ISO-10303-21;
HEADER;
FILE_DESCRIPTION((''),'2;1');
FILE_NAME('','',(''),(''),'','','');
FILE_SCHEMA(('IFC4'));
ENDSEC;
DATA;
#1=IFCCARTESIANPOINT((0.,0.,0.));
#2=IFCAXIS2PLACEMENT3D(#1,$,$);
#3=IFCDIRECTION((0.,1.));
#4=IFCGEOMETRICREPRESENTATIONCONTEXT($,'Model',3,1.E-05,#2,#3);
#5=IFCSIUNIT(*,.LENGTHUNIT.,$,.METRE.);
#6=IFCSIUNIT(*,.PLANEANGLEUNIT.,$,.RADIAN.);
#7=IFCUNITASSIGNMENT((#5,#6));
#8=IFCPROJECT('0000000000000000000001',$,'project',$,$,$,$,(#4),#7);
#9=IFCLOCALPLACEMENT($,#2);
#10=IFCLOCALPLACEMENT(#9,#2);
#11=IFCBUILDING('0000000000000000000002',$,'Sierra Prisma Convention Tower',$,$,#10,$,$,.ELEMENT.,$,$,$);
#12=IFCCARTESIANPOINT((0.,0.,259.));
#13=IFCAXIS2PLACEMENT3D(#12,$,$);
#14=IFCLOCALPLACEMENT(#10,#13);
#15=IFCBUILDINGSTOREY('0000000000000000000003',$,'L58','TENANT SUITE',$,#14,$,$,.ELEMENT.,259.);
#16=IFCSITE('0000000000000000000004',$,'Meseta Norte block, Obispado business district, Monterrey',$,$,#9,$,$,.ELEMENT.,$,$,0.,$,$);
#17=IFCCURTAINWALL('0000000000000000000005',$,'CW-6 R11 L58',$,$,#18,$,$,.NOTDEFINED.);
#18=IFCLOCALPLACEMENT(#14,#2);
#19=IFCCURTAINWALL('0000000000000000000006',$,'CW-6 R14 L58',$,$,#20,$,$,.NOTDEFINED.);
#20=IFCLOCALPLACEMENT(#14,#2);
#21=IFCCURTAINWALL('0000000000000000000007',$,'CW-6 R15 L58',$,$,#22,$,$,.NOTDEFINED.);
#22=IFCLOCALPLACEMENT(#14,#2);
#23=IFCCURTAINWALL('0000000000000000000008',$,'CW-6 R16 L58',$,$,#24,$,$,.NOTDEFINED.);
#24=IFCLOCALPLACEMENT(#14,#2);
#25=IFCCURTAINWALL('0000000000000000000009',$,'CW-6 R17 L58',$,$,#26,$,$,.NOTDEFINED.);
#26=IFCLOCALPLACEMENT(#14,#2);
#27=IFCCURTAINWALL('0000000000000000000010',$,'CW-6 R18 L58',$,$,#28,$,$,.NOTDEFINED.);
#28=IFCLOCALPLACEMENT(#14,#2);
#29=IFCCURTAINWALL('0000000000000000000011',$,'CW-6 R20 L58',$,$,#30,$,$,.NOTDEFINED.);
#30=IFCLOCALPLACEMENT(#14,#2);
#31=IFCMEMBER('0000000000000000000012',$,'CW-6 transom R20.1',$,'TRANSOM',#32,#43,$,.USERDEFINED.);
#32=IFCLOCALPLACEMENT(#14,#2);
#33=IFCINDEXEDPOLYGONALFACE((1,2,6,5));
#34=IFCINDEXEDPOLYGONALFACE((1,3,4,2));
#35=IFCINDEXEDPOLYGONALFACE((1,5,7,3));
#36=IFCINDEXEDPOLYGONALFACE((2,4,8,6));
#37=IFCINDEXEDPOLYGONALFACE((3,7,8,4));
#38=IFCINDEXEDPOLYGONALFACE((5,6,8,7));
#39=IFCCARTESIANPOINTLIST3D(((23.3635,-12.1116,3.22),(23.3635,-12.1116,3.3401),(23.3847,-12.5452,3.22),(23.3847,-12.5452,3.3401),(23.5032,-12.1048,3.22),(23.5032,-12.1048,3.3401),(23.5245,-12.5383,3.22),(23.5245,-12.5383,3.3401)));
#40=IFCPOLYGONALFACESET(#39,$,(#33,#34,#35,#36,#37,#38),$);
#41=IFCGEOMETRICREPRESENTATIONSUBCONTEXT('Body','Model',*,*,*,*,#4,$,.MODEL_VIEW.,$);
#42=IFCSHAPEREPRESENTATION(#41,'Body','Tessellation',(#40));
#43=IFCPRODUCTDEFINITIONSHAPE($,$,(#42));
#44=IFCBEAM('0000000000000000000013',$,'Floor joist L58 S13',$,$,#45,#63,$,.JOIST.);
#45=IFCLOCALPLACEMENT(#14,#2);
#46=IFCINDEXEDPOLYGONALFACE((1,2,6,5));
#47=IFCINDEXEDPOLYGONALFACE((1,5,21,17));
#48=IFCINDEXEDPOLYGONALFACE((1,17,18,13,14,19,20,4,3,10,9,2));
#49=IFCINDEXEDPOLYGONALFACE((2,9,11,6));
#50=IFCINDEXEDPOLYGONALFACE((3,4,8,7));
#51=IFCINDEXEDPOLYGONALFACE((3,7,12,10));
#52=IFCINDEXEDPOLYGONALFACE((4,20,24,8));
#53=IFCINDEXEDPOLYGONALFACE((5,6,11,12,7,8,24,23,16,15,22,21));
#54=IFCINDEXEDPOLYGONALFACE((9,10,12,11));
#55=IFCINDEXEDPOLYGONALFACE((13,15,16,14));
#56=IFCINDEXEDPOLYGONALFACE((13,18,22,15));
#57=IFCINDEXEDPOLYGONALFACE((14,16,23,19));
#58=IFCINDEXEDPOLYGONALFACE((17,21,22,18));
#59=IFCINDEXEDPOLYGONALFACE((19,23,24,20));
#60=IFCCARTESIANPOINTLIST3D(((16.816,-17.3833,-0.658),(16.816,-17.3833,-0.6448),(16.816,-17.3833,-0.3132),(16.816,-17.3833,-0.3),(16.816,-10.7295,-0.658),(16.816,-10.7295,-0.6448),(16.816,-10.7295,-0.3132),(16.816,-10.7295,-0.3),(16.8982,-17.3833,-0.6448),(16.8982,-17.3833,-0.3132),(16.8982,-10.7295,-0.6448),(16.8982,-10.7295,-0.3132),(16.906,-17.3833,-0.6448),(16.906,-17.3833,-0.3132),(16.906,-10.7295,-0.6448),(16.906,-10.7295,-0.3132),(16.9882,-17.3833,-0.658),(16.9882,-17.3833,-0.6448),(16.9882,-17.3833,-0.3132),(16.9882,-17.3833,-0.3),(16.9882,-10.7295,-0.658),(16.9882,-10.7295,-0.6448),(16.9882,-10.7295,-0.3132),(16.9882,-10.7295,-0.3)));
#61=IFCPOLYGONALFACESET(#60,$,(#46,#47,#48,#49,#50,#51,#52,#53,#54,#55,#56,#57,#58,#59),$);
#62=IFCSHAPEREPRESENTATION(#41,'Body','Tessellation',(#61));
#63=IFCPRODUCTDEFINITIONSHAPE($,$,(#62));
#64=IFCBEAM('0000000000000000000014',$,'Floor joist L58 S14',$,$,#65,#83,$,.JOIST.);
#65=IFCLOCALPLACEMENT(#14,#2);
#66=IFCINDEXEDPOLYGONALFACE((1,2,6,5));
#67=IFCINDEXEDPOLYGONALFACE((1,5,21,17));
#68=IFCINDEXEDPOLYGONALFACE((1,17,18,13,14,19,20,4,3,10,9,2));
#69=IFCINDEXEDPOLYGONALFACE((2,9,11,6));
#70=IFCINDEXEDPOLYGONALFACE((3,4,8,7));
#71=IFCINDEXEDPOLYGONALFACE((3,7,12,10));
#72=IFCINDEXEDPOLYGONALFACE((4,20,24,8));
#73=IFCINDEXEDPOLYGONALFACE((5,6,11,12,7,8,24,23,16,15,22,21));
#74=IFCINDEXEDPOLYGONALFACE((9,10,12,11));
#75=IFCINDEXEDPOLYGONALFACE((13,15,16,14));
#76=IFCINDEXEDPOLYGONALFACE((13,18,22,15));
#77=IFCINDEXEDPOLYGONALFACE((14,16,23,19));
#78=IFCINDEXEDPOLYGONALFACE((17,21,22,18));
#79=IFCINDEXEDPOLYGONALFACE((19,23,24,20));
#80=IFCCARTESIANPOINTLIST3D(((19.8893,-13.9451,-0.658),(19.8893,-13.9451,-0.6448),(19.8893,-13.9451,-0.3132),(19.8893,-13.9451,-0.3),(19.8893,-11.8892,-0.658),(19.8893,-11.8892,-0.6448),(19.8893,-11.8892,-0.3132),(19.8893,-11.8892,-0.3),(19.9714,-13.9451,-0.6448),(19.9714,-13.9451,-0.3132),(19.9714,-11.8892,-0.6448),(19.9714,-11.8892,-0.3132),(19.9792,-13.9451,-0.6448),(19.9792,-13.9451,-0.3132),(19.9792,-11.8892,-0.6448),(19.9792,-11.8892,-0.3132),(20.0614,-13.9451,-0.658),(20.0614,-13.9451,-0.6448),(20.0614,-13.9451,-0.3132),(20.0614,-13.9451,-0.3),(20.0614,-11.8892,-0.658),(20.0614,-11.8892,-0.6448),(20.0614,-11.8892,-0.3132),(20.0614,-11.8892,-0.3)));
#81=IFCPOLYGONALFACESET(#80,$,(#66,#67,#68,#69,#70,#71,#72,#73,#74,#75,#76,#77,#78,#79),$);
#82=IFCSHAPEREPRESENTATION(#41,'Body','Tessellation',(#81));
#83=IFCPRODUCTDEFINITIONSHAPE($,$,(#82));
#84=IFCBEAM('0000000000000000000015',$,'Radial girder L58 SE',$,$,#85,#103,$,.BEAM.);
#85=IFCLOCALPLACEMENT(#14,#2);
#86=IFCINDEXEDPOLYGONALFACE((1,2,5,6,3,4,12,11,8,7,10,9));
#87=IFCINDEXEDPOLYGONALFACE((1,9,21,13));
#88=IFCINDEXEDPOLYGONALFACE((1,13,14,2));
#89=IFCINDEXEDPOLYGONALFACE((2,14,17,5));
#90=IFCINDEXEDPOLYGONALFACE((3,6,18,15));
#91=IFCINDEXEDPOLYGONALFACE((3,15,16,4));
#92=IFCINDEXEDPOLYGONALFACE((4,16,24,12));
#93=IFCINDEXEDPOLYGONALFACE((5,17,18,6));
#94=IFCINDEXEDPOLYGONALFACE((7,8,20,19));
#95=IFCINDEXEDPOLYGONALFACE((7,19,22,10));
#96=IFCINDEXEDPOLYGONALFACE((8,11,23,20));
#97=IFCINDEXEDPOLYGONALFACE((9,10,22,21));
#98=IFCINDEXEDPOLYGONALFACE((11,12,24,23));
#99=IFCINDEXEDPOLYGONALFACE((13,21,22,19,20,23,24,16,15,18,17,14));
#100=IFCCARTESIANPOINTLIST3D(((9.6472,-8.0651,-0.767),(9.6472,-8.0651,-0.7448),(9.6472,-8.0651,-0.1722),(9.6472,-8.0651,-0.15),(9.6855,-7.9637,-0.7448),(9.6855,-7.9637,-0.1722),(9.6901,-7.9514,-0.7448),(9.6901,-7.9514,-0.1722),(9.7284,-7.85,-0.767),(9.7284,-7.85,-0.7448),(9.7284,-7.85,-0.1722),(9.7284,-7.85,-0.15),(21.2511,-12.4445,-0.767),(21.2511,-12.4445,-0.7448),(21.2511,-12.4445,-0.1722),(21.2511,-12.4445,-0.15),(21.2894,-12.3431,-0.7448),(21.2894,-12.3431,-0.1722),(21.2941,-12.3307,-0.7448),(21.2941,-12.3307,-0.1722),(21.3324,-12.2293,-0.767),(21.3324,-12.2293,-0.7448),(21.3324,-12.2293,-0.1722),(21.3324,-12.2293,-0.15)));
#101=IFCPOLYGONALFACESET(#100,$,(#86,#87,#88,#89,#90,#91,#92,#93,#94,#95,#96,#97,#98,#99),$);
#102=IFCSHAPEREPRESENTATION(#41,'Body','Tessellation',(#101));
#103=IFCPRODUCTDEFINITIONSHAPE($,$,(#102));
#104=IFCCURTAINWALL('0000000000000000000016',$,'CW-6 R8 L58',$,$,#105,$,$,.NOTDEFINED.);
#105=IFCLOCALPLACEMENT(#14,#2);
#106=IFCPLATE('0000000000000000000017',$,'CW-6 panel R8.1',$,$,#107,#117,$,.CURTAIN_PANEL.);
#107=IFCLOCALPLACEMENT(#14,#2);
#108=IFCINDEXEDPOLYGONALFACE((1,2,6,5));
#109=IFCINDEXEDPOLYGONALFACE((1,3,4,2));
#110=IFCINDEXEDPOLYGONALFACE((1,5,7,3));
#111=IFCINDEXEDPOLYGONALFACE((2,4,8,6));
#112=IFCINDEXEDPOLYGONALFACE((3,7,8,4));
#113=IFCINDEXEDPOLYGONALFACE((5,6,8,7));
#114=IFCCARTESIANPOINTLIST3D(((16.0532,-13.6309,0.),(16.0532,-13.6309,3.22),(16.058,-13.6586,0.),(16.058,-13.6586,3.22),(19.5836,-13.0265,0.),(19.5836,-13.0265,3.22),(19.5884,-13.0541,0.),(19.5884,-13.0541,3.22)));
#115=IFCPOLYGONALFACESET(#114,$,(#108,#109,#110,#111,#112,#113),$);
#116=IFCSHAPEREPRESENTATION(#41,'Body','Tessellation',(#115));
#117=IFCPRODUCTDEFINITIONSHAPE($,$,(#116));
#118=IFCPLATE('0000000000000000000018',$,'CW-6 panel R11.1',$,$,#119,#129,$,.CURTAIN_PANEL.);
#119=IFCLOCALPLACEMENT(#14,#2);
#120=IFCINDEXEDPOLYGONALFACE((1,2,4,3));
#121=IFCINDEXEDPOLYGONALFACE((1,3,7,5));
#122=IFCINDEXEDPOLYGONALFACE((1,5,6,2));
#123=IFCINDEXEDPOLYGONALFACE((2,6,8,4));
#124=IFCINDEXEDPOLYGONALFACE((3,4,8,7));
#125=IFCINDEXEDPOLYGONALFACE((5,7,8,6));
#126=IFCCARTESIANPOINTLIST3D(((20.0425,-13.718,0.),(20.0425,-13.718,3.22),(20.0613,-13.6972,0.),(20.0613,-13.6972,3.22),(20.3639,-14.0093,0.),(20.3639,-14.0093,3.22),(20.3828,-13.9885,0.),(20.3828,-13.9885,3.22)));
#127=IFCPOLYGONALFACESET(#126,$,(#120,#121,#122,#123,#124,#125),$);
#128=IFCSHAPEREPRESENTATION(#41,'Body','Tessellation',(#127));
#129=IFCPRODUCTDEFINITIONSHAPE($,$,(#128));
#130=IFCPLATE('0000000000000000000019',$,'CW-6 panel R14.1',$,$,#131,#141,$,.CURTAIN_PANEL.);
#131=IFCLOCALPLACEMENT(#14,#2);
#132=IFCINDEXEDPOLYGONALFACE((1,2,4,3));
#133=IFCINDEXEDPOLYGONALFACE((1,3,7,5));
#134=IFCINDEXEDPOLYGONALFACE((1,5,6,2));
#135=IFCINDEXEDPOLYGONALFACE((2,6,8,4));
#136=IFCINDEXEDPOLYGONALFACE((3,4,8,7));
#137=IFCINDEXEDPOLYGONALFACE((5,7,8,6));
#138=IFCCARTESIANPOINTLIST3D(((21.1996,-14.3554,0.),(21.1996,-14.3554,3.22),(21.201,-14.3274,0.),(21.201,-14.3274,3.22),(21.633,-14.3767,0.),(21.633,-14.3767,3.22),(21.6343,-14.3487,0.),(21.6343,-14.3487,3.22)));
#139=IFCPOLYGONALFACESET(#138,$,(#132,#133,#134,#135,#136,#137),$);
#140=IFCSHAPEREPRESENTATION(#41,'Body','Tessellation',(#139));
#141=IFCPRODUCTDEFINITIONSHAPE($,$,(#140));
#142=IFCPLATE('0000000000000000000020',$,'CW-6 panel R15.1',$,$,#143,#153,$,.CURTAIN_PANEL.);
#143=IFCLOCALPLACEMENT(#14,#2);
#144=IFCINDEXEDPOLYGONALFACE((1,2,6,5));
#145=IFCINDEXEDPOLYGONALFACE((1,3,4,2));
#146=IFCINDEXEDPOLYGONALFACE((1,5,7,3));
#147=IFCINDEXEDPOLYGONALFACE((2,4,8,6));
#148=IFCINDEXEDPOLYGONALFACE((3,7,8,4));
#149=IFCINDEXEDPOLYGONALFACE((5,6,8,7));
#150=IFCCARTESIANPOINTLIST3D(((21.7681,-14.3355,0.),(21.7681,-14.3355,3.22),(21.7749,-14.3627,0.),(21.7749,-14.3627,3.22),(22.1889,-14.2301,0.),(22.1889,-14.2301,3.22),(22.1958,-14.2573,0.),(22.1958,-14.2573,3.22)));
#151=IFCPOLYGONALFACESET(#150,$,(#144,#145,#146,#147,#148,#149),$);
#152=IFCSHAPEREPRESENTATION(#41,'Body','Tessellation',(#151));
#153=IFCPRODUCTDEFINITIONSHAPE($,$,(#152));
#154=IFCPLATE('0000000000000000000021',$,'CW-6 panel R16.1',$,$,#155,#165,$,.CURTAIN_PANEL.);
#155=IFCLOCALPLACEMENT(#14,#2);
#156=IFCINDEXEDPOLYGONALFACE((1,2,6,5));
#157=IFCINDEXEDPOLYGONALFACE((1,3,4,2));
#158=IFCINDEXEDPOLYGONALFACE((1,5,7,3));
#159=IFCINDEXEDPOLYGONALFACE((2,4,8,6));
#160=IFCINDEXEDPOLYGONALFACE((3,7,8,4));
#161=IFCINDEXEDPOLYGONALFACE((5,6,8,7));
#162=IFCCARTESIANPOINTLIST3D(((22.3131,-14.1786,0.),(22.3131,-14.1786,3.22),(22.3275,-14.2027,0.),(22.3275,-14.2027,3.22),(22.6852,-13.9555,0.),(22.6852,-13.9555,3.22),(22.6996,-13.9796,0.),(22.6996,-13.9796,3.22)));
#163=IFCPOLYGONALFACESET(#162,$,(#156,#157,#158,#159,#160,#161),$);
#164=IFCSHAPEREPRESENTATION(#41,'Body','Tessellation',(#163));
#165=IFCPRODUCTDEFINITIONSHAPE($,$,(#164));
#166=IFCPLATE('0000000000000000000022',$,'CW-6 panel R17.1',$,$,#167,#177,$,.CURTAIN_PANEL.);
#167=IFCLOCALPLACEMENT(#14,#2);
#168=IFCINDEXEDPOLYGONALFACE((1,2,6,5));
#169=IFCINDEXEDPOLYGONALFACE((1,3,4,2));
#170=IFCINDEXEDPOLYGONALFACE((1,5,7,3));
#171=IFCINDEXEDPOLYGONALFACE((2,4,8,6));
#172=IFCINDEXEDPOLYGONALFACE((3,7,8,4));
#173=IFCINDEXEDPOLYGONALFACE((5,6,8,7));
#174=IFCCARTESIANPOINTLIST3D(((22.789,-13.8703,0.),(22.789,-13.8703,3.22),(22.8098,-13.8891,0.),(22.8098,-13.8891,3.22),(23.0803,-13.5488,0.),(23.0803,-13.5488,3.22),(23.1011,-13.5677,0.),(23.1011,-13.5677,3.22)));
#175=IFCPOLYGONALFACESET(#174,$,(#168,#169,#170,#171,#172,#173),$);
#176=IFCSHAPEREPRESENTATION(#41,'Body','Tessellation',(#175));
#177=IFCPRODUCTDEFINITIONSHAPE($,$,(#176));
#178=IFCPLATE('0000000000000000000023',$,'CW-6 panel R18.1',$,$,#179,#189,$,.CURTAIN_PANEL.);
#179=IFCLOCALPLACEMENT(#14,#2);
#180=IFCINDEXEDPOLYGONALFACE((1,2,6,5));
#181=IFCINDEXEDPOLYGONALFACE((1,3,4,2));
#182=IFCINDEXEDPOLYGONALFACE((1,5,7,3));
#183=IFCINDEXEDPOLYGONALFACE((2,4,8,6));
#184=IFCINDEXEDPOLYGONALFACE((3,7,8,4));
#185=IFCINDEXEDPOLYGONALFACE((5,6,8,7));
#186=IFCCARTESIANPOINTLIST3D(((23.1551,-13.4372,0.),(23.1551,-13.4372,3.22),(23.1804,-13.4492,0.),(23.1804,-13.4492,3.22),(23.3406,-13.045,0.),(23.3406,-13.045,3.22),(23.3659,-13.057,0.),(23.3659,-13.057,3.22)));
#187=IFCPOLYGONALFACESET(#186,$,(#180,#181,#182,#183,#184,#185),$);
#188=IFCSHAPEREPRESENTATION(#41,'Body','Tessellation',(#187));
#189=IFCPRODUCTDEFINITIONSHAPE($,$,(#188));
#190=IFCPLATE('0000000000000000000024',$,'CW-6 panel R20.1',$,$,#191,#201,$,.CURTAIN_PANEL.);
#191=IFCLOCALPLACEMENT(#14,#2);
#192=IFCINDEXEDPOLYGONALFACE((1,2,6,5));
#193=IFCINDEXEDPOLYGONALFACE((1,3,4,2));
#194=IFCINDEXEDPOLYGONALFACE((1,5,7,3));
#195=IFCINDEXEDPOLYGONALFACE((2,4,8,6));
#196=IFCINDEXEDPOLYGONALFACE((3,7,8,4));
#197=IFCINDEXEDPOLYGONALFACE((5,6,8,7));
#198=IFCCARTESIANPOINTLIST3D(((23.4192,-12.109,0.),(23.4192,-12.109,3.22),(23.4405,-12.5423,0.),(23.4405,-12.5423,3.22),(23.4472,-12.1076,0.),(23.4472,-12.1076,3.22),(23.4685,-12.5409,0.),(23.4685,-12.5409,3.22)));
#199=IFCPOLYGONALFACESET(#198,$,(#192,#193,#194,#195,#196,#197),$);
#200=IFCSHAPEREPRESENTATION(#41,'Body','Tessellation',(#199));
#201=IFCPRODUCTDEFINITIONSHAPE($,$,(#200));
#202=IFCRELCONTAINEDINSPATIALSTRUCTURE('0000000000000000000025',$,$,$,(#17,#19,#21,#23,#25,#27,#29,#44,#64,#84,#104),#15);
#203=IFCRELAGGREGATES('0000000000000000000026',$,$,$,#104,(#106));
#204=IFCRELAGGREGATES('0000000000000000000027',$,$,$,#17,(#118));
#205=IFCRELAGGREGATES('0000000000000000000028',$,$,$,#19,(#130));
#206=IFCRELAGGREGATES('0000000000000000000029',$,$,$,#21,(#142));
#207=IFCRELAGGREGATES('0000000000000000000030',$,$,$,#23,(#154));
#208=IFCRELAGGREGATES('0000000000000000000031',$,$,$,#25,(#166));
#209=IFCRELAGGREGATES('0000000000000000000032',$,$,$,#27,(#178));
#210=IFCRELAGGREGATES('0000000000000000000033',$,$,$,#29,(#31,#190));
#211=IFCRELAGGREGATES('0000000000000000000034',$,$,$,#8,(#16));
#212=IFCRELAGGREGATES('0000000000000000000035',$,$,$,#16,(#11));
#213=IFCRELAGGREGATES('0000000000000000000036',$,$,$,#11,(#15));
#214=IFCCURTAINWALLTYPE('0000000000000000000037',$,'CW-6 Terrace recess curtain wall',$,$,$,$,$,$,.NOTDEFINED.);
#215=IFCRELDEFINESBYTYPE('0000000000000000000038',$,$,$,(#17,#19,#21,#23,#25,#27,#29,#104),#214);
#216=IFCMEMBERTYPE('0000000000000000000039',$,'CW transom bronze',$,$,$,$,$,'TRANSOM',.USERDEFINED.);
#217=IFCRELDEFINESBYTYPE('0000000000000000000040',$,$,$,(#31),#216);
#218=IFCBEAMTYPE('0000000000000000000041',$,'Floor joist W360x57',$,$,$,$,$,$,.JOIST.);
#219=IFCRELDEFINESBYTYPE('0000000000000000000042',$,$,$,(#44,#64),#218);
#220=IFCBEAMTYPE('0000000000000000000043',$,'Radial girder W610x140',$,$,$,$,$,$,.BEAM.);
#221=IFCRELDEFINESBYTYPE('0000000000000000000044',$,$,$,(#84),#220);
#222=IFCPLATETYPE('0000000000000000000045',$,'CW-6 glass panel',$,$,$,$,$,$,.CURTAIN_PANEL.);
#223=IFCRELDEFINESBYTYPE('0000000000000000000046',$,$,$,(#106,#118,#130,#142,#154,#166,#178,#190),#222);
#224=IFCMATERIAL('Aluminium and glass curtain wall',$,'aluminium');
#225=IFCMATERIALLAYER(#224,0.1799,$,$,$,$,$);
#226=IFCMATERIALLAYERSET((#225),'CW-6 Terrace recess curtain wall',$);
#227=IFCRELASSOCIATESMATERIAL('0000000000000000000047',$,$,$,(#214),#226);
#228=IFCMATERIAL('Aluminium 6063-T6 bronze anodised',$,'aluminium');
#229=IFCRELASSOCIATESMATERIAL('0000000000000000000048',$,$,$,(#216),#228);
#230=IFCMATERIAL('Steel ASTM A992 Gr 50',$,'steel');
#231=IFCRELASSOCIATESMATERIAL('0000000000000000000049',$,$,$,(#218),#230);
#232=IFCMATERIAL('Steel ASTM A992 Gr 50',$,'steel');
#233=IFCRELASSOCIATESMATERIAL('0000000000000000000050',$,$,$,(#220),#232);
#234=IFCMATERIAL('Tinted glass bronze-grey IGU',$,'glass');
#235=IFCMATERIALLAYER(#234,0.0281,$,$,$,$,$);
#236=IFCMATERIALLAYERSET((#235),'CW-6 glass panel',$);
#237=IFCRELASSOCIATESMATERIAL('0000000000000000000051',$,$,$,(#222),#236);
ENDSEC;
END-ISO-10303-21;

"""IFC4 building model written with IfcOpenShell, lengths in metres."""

from ifc_helpers import new_model, si_unit, direction, frame, origin, origin_2d, place, context, subcontext, project, spatial, rectangle, i_section, extrude, material, layer, layer_set, material_profile, profile_set, type_object, element, aggregate, save


model = new_model("IFC4")

# Units and contexts
model_context = context("Model", 3, precision=1e-05, world=origin(), true_north=direction((0.0, 1.0)))
body_context = subcontext(model_context, "Body", "Model", "MODEL_VIEW")
ifc_project = project(units=[si_unit("LENGTHUNIT", "METRE"), si_unit("PLANEANGLEUNIT", "RADIAN")], contexts=[model_context])

# Site, building, storey
site_placement = place(None, origin())
site = spatial("IfcSite", under=ifc_project, at=site_placement, Name="Meseta Norte block, Obispado business district, Monterrey", CompositionType="ELEMENT", RefElevation=0.0)
building_placement = place(site_placement, origin())
building = spatial("IfcBuilding", under=site, at=building_placement, Name="Sierra Prisma Convention Tower", CompositionType="ELEMENT")
storey_placement = place(building_placement, frame((0.0, 0.0, 259.0)))
storey = spatial("IfcBuildingStorey", under=building, at=storey_placement, Name="L58", Description="TENANT SUITE", CompositionType="ELEMENT", Elevation=259.0)

# Curtain walls
ifc_material_1 = material(Name="Aluminium and glass curtain wall", Category="aluminium")
ifc_layer_1 = layer(ifc_material_1, 0.1799)
ifc_layer_set_1 = layer_set([ifc_layer_1], Name="CW-6 Terrace recess curtain wall")
curtain_wall_type = type_object("IfcCurtainWallType", Name="CW-6 Terrace recess curtain wall", PredefinedType="NOTDEFINED", material=ifc_layer_set_1)
curtain_wall_1_placement = place(storey_placement, origin())
curtain_wall_1 = element("IfcCurtainWall", 1, at=curtain_wall_1_placement, inside=storey, type_object=curtain_wall_type, Name="CW-6 R11 L58", PredefinedType="NOTDEFINED")
curtain_wall_2_placement = place(storey_placement, origin())
curtain_wall_2 = element("IfcCurtainWall", 2, at=curtain_wall_2_placement, inside=storey, type_object=curtain_wall_type, Name="CW-6 R14 L58", PredefinedType="NOTDEFINED")
curtain_wall_3_placement = place(storey_placement, origin())
curtain_wall_3 = element("IfcCurtainWall", 3, at=curtain_wall_3_placement, inside=storey, type_object=curtain_wall_type, Name="CW-6 R15 L58", PredefinedType="NOTDEFINED")
curtain_wall_4_placement = place(storey_placement, origin())
curtain_wall_4 = element("IfcCurtainWall", 4, at=curtain_wall_4_placement, inside=storey, type_object=curtain_wall_type, Name="CW-6 R16 L58", PredefinedType="NOTDEFINED")
curtain_wall_5_placement = place(storey_placement, origin())
curtain_wall_5 = element("IfcCurtainWall", 5, at=curtain_wall_5_placement, inside=storey, type_object=curtain_wall_type, Name="CW-6 R17 L58", PredefinedType="NOTDEFINED")
curtain_wall_6_placement = place(storey_placement, origin())
curtain_wall_6 = element("IfcCurtainWall", 6, at=curtain_wall_6_placement, inside=storey, type_object=curtain_wall_type, Name="CW-6 R18 L58", PredefinedType="NOTDEFINED")
curtain_wall_7_placement = place(storey_placement, origin())
curtain_wall_7 = element("IfcCurtainWall", 7, at=curtain_wall_7_placement, inside=storey, type_object=curtain_wall_type, Name="CW-6 R20 L58", PredefinedType="NOTDEFINED")

# Member
ifc_material_2 = material(Name="Aluminium 6063-T6 bronze anodised", Category="aluminium")
ifc_material_profile_1 = material_profile(ifc_material_2, rectangle(XDim=0.1399, YDim=0.1201, at=origin_2d()), Name="ALU TRANSOM 120x140")
ifc_profile_set_1 = profile_set([ifc_material_profile_1], Name="Aluminium 6063-T6 bronze anodised")
member_type_1 = type_object("IfcMemberType", Name="CW transom bronze", ElementType="TRANSOM", PredefinedType="USERDEFINED", material=ifc_profile_set_1)
member_1_placement = place(storey_placement, frame((23.4546, -12.5417, 3.28), z_axis=(-0.048928, 0.998802, 0.0), x_axis=(-0.998802, -0.048928, 0.0)))
member_1 = element("IfcMember", 8, at=member_1_placement, type_object=member_type_1, Name="CW-6 transom R20.1", ObjectType="TRANSOM", PredefinedType="USERDEFINED", context=body_context, shape_type="SweptSolid", body=[
    extrude(rectangle(XDim=0.1399, YDim=0.1201, at=origin_2d()), origin(), (0.0, 0.0, 1.0), 0.4341),
])

# Beams
ifc_material_3 = material(Name="Steel ASTM A992 Gr 50", Category="steel")
ifc_material_profile_2 = material_profile(ifc_material_3, i_section(OverallWidth=0.1721, OverallDepth=0.3579, WebThickness=0.0078, FlangeThickness=0.0132, at=origin_2d()), Name="W360x57")
ifc_profile_set_2 = profile_set([ifc_material_profile_2], Name="Steel ASTM A992 Gr 50")
beam_type_1 = type_object("IfcBeamType", Name="Floor joist W360x57", PredefinedType="JOIST", material=ifc_profile_set_2)
beam_1_placement = place(storey_placement, frame((16.9021, -17.3833, -0.479), z_axis=(0.0, 1.0, 0.0), x_axis=(-1.0, 0.0, 0.0)))
element("IfcBeam", 9, at=beam_1_placement, inside=storey, type_object=beam_type_1, Name="Floor joist L58 S13", PredefinedType="JOIST", context=body_context, shape_type="SweptSolid", body=[
    extrude(i_section(OverallWidth=0.1721, OverallDepth=0.3579, WebThickness=0.0078, FlangeThickness=0.0132, at=origin_2d()), origin(), (0.0, 0.0, 1.0), 6.6538),
])
beam_2_placement = place(storey_placement, frame((19.9753, -13.9451, -0.479), z_axis=(0.0, 1.0, 0.0), x_axis=(-1.0, 0.0, 0.0)))
element("IfcBeam", 10, at=beam_2_placement, inside=storey, type_object=beam_type_1, Name="Floor joist L58 S14", PredefinedType="JOIST", context=body_context, shape_type="SweptSolid", body=[
    extrude(i_section(OverallWidth=0.1721, OverallDepth=0.3579, WebThickness=0.0078, FlangeThickness=0.0132, at=origin_2d()), origin(), (0.0, 0.0, 1.0), 2.0559),
])
ifc_material_4 = material(Name="Steel ASTM A992 Gr 50", Category="steel")
ifc_material_profile_3 = material_profile(ifc_material_4, i_section(OverallWidth=0.23, OverallDepth=0.6169, WebThickness=0.0132, FlangeThickness=0.0222, at=origin_2d()), Name="W610x140")
ifc_profile_set_3 = profile_set([ifc_material_profile_3], Name="Steel ASTM A992 Gr 50")
beam_type_2 = type_object("IfcBeamType", Name="Radial girder W610x140", PredefinedType="BEAM", material=ifc_profile_set_3)
beam_3_placement = place(storey_placement, frame((21.2917, -12.3369, -0.4585), z_axis=(-0.935588, 0.353094, 0.0), x_axis=(-0.353094, -0.935588, 0.0)))
element("IfcBeam", 11, at=beam_3_placement, inside=storey, type_object=beam_type_2, Name="Radial girder L58 SE", PredefinedType="BEAM", context=body_context, shape_type="SweptSolid", body=[
    extrude(i_section(OverallWidth=0.23, OverallDepth=0.6169, WebThickness=0.0132, FlangeThickness=0.0222, at=origin_2d()), origin(), (0.0, 0.0, 1.0), 12.4028),
])

# Curtain wall, plate
curtain_wall_8_placement = place(storey_placement, origin())
curtain_wall_8 = element("IfcCurtainWall", 12, at=curtain_wall_8_placement, inside=storey, type_object=curtain_wall_type, Name="CW-6 R8 L58", PredefinedType="NOTDEFINED")
ifc_material_5 = material(Name="Tinted glass bronze-grey IGU", Category="glass")
ifc_layer_2 = layer(ifc_material_5, 0.0281)
ifc_layer_set_2 = layer_set([ifc_layer_2], Name="CW-6 glass panel")
plate_type = type_object("IfcPlateType", Name="CW-6 glass panel", PredefinedType="CURTAIN_PANEL", material=ifc_layer_set_2)
plate_1_placement = place(storey_placement, frame((17.8208, -13.3425, 0.0), z_axis=(0.0, 0.0, 1.0), x_axis=(0.985658, 0.168754, 0.0)))
plate_1 = element("IfcPlate", 13, at=plate_1_placement, type_object=plate_type, Name="CW-6 panel R8.1", PredefinedType="CURTAIN_PANEL", context=body_context, shape_type="SweptSolid", body=[
    extrude(rectangle(XDim=3.5818, YDim=0.0281, at=origin_2d()), origin(), (0.0, 0.0, 1.0), 3.22),
])
aggregate(curtain_wall_8, [plate_1])

# Plates
plate_2_placement = place(storey_placement, frame((20.2126, -13.8533, 0.0), z_axis=(0.0, 0.0, 1.0), x_axis=(0.740951, -0.671559, 0.0)))
plate_2 = element("IfcPlate", 14, at=plate_2_placement, type_object=plate_type, Name="CW-6 panel R11.1", PredefinedType="CURTAIN_PANEL", context=body_context, shape_type="SweptSolid", body=[
    extrude(rectangle(XDim=0.4338, YDim=0.0281, at=origin_2d()), origin(), (0.0, 0.0, 1.0), 3.22),
])
aggregate(curtain_wall_1, [plate_2])
plate_3_placement = place(storey_placement, frame((21.417, -14.3521, 0.0), z_axis=(0.0, 0.0, 1.0), x_axis=(0.998795, -0.049068, 0.0)))
plate_3 = element("IfcPlate", 15, at=plate_3_placement, type_object=plate_type, Name="CW-6 panel R14.1", PredefinedType="CURTAIN_PANEL", context=body_context, shape_type="SweptSolid", body=[
    extrude(rectangle(XDim=0.4338, YDim=0.0281, at=origin_2d()), origin(), (0.0, 0.0, 1.0), 3.22),
])
aggregate(curtain_wall_2, [plate_3])
plate_4_placement = place(storey_placement, frame((21.9819, -14.2964, 0.0), z_axis=(0.0, 0.0, 1.0), x_axis=(0.970031, 0.24298, 0.0)))
plate_4 = element("IfcPlate", 16, at=plate_4_placement, type_object=plate_type, Name="CW-6 panel R15.1", PredefinedType="CURTAIN_PANEL", context=body_context, shape_type="SweptSolid", body=[
    extrude(rectangle(XDim=0.4338, YDim=0.0281, at=origin_2d()), origin(), (0.0, 0.0, 1.0), 3.22),
])
aggregate(curtain_wall_3, [plate_4])
plate_5_placement = place(storey_placement, frame((22.5063, -14.0791, 0.0), z_axis=(0.0, 0.0, 1.0), x_axis=(0.857729, 0.514103, 0.0)))
plate_5 = element("IfcPlate", 17, at=plate_5_placement, type_object=plate_type, Name="CW-6 panel R16.1", PredefinedType="CURTAIN_PANEL", context=body_context, shape_type="SweptSolid", body=[
    extrude(rectangle(XDim=0.4338, YDim=0.0281, at=origin_2d()), origin(), (0.0, 0.0, 1.0), 3.22),
])
aggregate(curtain_wall_4, [plate_5])
plate_6_placement = place(storey_placement, frame((22.9451, -13.719, 0.0), z_axis=(0.0, 0.0, 1.0), x_axis=(0.671559, 0.740951, 0.0)))
plate_6 = element("IfcPlate", 18, at=plate_6_placement, type_object=plate_type, Name="CW-6 panel R17.1", PredefinedType="CURTAIN_PANEL", context=body_context, shape_type="SweptSolid", body=[
    extrude(rectangle(XDim=0.4338, YDim=0.0281, at=origin_2d()), origin(), (0.0, 0.0, 1.0), 3.22),
])
aggregate(curtain_wall_5, [plate_6])
plate_7_placement = place(storey_placement, frame((23.2605, -13.2471, 0.0), z_axis=(0.0, 0.0, 1.0), x_axis=(0.427555, 0.903989, 0.0)))
plate_7 = element("IfcPlate", 19, at=plate_7_placement, type_object=plate_type, Name="CW-6 panel R18.1", PredefinedType="CURTAIN_PANEL", context=body_context, shape_type="SweptSolid", body=[
    extrude(rectangle(XDim=0.4338, YDim=0.0281, at=origin_2d()), origin(), (0.0, 0.0, 1.0), 3.22),
])
aggregate(curtain_wall_6, [plate_7])
plate_8_placement = place(storey_placement, frame((23.4438, -12.325, 0.0), z_axis=(0.0, 0.0, 1.0), x_axis=(-0.049068, 0.998795, 0.0)))
plate_8 = element("IfcPlate", 20, at=plate_8_placement, type_object=plate_type, Name="CW-6 panel R20.1", PredefinedType="CURTAIN_PANEL", context=body_context, shape_type="SweptSolid", body=[
    extrude(rectangle(XDim=0.4338, YDim=0.0281, at=origin_2d()), origin(), (0.0, 0.0, 1.0), 3.22),
])
aggregate(curtain_wall_7, [member_1, plate_8])

save(model, "model.ifc")
